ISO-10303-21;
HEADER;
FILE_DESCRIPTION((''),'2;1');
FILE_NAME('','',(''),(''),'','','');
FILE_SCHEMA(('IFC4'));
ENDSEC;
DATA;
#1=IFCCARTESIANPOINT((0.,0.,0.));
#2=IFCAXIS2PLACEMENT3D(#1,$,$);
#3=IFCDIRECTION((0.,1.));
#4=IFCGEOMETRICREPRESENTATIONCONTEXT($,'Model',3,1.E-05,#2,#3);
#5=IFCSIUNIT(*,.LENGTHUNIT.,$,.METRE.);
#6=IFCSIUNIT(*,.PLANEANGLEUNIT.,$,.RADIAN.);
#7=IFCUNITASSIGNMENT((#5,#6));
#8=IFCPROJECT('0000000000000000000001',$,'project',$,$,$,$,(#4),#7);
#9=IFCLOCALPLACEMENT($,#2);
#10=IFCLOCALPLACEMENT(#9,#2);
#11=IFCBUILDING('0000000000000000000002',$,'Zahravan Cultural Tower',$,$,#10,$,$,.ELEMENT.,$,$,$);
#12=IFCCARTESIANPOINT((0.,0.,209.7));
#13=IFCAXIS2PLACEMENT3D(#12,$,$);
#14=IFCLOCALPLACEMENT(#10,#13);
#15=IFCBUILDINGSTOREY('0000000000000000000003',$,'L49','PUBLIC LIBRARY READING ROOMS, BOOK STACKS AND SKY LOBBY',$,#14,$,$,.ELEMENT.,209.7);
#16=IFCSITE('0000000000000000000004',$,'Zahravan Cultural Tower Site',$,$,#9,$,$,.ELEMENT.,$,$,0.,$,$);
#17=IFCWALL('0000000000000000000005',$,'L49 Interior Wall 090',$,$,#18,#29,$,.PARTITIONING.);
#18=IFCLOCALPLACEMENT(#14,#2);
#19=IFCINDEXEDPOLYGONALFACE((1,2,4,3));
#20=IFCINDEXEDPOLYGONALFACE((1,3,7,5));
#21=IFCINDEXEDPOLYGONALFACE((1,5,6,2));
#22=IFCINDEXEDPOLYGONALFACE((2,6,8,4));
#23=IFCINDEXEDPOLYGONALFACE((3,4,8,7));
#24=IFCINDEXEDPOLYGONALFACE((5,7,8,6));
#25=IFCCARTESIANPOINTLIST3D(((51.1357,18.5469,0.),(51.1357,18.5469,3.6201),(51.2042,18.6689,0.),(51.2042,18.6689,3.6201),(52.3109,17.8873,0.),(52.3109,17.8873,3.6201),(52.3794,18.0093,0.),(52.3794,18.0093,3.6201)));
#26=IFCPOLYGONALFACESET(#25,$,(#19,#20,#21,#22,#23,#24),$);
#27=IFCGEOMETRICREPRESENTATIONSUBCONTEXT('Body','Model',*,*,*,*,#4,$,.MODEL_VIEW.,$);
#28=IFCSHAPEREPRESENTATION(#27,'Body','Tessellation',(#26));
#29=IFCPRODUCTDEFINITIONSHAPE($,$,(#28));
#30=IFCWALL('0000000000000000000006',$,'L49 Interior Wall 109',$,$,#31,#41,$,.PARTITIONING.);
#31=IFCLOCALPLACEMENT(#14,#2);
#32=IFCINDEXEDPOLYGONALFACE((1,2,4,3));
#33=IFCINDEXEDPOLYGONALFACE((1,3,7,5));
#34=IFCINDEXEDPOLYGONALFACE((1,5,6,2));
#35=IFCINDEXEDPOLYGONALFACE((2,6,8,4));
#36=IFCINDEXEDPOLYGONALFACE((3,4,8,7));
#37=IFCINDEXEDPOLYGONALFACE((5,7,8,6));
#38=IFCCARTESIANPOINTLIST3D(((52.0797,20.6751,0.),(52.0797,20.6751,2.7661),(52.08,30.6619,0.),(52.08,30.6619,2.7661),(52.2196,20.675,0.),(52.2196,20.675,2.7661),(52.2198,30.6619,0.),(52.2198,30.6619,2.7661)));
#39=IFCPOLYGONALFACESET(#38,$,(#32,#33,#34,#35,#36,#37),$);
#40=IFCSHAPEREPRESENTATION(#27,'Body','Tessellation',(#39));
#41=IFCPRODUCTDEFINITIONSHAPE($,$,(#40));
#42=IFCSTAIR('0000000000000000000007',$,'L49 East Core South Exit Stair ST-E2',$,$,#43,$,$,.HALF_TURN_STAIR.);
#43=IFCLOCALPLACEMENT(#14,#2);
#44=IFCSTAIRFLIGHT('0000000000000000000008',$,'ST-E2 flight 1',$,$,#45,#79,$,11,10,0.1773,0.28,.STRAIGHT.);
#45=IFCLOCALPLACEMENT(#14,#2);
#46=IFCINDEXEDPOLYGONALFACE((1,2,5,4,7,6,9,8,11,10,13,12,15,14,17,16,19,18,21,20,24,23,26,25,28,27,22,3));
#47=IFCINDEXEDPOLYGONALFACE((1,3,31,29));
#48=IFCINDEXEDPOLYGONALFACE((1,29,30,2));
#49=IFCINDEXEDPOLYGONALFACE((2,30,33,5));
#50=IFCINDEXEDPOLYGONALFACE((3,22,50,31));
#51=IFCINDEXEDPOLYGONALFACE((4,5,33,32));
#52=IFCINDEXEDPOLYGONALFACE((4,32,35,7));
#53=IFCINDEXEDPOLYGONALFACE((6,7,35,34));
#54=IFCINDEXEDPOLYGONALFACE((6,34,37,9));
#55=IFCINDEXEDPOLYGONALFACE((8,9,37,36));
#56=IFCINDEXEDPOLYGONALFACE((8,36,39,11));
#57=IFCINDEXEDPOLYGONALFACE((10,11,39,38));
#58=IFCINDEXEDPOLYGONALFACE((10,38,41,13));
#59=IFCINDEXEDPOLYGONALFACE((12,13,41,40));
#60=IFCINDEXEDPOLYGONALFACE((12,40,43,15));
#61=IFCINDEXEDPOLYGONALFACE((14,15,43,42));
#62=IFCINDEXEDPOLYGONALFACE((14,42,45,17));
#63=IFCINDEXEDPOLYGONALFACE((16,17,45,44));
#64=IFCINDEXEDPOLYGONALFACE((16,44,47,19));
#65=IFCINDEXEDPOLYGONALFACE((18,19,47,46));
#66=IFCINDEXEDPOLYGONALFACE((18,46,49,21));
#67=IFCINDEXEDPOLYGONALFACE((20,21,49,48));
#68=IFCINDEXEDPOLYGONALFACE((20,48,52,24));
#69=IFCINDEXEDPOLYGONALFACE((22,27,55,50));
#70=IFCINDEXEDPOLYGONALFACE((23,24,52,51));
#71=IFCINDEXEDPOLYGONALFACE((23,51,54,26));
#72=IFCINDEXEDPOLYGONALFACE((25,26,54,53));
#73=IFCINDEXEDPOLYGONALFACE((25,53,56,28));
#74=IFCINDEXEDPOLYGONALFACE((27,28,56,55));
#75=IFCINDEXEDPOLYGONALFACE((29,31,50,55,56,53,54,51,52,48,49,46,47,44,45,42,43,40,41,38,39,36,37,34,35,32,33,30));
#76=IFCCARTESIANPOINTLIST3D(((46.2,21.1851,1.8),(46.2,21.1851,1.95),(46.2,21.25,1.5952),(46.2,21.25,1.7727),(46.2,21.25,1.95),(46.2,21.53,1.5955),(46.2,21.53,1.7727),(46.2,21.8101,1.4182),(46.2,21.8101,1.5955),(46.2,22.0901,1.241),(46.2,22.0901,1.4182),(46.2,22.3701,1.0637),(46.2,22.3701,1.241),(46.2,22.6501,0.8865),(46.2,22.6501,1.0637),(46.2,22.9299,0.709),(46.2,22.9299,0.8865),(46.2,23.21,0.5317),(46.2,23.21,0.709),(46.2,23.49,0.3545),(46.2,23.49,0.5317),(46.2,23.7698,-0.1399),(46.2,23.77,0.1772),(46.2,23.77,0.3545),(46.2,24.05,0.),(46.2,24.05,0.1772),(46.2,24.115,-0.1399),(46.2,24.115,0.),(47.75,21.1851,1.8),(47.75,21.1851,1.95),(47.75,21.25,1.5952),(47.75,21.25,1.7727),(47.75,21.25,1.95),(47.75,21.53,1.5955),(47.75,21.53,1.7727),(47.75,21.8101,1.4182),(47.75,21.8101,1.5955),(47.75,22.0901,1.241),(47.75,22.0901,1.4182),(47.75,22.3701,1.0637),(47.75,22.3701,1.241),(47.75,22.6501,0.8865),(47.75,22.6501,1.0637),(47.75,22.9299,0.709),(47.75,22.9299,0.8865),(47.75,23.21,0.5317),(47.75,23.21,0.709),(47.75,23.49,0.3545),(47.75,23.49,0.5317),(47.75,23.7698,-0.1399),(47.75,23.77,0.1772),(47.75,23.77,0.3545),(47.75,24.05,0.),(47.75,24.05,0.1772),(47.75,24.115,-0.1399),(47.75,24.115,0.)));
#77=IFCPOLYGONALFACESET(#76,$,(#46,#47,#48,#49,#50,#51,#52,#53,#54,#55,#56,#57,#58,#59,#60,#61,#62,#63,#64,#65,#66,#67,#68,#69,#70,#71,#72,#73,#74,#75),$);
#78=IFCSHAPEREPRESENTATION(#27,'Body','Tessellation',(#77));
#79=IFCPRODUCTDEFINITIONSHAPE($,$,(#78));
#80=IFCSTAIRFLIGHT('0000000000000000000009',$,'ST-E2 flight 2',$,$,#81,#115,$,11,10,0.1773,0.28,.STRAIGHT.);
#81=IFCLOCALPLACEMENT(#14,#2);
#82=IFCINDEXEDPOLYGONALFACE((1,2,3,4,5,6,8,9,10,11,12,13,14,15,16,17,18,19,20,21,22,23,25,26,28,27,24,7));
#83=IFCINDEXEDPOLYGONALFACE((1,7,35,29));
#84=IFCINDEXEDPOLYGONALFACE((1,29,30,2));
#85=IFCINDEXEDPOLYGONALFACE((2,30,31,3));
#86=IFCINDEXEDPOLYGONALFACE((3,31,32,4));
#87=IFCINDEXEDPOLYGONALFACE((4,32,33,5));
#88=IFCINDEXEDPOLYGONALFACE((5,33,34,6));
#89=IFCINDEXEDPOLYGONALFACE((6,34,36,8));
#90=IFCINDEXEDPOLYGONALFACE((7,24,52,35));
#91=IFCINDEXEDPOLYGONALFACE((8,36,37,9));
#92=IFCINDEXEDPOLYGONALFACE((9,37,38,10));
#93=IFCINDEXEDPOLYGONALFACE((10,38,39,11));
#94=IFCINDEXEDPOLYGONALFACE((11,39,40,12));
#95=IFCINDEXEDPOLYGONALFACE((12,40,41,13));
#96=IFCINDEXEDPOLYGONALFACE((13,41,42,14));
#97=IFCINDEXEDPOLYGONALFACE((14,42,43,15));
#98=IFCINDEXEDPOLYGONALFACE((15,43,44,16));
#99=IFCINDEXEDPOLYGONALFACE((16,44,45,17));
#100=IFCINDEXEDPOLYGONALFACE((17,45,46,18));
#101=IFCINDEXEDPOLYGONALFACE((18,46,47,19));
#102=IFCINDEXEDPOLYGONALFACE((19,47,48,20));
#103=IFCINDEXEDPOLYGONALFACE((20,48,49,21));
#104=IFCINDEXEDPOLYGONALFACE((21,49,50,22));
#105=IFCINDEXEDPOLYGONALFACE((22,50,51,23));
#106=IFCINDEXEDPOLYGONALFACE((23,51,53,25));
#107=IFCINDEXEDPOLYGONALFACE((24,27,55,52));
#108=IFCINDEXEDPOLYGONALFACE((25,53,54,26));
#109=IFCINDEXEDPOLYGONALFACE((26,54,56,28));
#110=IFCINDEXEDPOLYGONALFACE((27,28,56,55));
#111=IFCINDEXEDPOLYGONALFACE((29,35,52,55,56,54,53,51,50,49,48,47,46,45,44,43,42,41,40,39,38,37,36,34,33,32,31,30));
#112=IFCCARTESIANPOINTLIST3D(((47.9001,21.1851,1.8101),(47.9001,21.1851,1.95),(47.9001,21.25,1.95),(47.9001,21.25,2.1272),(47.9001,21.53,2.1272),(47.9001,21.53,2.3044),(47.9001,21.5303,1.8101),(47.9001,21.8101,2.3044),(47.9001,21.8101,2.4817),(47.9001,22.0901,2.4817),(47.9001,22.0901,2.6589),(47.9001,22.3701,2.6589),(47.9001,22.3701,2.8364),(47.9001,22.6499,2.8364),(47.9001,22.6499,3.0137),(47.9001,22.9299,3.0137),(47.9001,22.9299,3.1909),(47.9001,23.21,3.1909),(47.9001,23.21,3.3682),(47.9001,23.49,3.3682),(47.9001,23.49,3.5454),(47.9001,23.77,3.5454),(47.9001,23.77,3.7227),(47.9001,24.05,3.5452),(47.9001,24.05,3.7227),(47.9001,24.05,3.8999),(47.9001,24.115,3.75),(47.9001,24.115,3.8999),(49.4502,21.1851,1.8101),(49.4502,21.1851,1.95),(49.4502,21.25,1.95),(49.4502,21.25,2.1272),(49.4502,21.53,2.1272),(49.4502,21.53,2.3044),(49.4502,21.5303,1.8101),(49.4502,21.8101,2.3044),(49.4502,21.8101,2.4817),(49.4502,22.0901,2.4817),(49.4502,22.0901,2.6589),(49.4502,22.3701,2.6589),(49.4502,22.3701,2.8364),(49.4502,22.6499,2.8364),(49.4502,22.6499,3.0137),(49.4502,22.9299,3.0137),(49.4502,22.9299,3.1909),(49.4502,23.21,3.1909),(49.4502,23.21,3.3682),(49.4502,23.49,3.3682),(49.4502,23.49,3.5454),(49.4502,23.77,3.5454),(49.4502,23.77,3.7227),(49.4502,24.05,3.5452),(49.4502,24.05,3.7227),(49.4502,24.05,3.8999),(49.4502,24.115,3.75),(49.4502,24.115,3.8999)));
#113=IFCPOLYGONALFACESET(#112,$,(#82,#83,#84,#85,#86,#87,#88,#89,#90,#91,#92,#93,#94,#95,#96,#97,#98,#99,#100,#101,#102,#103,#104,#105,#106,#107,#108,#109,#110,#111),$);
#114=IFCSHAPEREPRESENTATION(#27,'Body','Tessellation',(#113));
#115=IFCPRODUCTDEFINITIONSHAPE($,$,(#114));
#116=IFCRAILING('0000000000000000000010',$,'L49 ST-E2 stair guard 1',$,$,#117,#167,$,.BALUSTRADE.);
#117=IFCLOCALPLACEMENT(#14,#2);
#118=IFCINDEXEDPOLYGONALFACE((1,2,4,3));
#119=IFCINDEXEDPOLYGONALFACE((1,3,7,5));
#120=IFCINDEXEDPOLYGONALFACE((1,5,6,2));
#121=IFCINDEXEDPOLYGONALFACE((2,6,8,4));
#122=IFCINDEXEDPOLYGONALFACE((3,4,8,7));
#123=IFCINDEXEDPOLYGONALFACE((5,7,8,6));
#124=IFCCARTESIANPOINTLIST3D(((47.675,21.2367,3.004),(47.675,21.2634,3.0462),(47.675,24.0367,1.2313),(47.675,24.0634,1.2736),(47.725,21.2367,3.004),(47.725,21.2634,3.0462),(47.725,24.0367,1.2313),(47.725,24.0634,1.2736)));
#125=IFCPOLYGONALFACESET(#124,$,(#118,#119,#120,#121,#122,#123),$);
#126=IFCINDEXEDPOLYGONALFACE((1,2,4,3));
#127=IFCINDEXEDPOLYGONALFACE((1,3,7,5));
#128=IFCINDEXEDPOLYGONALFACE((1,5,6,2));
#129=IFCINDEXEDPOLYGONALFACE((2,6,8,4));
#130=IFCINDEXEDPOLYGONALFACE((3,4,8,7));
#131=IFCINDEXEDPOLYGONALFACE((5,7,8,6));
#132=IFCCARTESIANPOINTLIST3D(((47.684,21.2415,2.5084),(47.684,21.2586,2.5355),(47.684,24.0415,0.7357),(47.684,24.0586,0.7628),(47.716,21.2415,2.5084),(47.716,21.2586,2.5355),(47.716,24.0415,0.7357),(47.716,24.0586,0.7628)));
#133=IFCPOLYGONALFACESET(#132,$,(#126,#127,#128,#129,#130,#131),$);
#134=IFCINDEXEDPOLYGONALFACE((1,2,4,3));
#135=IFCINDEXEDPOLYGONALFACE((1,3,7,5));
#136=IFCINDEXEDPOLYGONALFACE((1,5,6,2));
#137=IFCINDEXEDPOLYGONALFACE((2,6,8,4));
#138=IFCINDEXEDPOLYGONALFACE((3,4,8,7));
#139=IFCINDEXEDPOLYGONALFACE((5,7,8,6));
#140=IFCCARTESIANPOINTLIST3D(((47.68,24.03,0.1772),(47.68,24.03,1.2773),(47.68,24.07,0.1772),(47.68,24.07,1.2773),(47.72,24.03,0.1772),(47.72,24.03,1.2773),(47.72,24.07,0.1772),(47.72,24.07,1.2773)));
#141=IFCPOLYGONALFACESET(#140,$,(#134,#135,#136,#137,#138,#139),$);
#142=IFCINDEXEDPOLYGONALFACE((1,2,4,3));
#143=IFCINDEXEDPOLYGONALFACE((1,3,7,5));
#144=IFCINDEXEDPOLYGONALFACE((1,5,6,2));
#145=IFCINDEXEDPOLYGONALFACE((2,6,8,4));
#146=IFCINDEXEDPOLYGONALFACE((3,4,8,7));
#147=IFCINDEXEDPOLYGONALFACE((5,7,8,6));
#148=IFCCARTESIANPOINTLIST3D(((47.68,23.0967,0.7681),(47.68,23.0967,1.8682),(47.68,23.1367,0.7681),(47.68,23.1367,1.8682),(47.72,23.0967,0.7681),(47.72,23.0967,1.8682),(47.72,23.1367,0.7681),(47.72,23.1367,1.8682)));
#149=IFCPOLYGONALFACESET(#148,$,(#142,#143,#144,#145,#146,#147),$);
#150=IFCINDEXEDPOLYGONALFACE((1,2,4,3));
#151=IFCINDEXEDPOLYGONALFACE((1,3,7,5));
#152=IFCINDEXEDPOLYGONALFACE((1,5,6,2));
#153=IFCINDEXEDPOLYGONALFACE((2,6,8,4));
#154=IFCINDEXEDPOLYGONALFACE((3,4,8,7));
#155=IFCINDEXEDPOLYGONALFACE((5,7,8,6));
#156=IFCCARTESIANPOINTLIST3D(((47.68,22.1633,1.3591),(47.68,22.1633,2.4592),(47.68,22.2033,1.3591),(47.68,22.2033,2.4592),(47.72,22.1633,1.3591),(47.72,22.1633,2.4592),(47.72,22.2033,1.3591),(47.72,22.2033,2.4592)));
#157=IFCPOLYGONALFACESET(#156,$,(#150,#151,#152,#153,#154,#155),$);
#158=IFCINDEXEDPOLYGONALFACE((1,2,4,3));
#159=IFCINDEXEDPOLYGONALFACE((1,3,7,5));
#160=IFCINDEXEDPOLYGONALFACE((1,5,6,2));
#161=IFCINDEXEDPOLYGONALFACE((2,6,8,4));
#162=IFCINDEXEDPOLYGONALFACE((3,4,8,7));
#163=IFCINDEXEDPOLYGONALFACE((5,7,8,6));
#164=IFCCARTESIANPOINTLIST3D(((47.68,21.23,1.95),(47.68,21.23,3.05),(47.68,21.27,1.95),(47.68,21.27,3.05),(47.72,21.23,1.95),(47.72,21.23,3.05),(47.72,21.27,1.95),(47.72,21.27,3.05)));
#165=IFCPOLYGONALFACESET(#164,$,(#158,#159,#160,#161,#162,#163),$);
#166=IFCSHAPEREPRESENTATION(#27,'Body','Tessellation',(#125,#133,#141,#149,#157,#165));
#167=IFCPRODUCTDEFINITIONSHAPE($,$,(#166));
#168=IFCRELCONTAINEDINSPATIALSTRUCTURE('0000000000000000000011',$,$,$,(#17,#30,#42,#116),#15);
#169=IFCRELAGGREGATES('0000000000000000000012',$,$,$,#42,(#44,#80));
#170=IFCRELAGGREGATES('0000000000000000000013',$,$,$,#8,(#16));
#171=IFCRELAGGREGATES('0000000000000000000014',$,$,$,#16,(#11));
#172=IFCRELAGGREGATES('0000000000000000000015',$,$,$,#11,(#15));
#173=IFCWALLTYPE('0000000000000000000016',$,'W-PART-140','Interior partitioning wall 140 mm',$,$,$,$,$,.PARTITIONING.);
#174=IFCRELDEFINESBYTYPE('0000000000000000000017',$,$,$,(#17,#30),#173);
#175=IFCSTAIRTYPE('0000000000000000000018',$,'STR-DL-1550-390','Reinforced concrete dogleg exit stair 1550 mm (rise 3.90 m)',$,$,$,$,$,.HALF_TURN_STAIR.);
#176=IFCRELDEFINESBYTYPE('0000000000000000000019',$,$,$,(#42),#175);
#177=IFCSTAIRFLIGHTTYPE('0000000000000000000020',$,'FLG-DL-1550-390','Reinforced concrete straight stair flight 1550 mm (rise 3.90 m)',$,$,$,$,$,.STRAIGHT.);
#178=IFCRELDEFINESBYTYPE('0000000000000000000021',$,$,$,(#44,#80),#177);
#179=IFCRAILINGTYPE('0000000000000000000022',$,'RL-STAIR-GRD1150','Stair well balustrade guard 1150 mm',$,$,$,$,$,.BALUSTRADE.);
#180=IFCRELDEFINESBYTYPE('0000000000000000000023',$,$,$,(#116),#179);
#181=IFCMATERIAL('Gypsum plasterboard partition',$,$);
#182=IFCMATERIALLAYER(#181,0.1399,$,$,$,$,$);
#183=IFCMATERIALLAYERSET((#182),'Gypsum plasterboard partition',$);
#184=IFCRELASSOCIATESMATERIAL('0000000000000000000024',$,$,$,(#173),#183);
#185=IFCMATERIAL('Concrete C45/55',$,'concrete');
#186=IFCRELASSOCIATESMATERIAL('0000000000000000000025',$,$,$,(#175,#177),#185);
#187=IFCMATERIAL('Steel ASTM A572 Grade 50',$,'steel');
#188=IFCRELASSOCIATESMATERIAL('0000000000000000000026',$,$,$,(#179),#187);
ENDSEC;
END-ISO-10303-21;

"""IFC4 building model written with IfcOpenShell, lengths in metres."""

from ifc_helpers import new_model, si_unit, direction, frame, frame_2d, origin, origin_2d, place, context, subcontext, project, spatial, polyline, rectangle, outline, extrude, source, transform, mapped, material, layer, layer_set, type_object, element, aggregate, save


model = new_model("IFC4")

# Units and contexts
model_context = context("Model", 3, precision=1e-05, world=origin(), true_north=direction((0.0, 1.0)))
body_context = subcontext(model_context, "Body", "Model", "MODEL_VIEW")
ifc_project = project(units=[si_unit("LENGTHUNIT", "METRE"), si_unit("PLANEANGLEUNIT", "RADIAN")], contexts=[model_context])

# Site, building, storey
site_placement = place(None, origin())
site = spatial("IfcSite", under=ifc_project, at=site_placement, Name="Zahravan Cultural Tower Site", CompositionType="ELEMENT", RefElevation=0.0)
building_placement = place(site_placement, origin())
building = spatial("IfcBuilding", under=site, at=building_placement, Name="Zahravan Cultural Tower", CompositionType="ELEMENT")
storey_placement = place(building_placement, frame((0.0, 0.0, 209.7)))
storey = spatial("IfcBuildingStorey", under=building, at=storey_placement, Name="L49", Description="PUBLIC LIBRARY READING ROOMS, BOOK STACKS AND SKY LOBBY", CompositionType="ELEMENT", Elevation=209.7)

# Walls
ifc_material_1 = material(Name="Concrete C45/55", Category="concrete")
ifc_material_2 = material(Name="Gypsum plasterboard partition")
ifc_layer_1 = layer(ifc_material_2, 0.1399)
ifc_layer_set_1 = layer_set([ifc_layer_1], Name="Gypsum plasterboard partition")
wall_type_1 = type_object("IfcWallType", Name="W-PART-140", Description="Interior partitioning wall 140 mm", PredefinedType="PARTITIONING", material=ifc_layer_set_1)
shared_shape_1 = source(origin(), body_context, "Body", "SweptSolid", [
    extrude(rectangle(XDim=1.3477, YDim=0.1399, at=frame_2d((0.6738, 0.0))), origin(), (0.0, 0.0, 1.0), 3.6201),
])
wall_1_placement = place(storey_placement, frame((51.1699, 18.6079, 0.0), z_axis=(0.0, 0.0, 1.0), x_axis=(0.87203, -0.489453, 0.0)))
element("IfcWall", 1, at=wall_1_placement, inside=storey, type_object=wall_type_1, Name="L49 Interior Wall 090", PredefinedType="PARTITIONING", context=body_context, shape_type="MappedRepresentation", body=[
    mapped(shared_shape_1, transform((0.0, 0.0, 0.0), x_axis=(1.0, 0.0, 0.0), y_axis=(0.0, 1.0, 0.0), z_axis=(0.0, 0.0, 1.0), scale=1.0)),
])
shared_shape_2 = source(origin(), body_context, "Body", "SweptSolid", [
    extrude(rectangle(XDim=9.9868, YDim=0.1399, at=frame_2d((4.9934, 0.0))), origin(), (0.0, 0.0, 1.0), 2.7661),
])
wall_2_placement = place(storey_placement, frame((52.1497, 20.675, 0.0), z_axis=(0.0, 0.0, 1.0), x_axis=(0.000024, 1.0, 0.0)))
element("IfcWall", 2, at=wall_2_placement, inside=storey, type_object=wall_type_1, Name="L49 Interior Wall 109", PredefinedType="PARTITIONING", context=body_context, shape_type="MappedRepresentation", body=[
    mapped(shared_shape_2, transform((0.0, 0.0, 0.0), x_axis=(1.0, 0.0, 0.0), y_axis=(0.0, 1.0, 0.0), z_axis=(0.0, 0.0, 1.0), scale=1.0)),
])

# Stair, stair flights
stair_type = type_object("IfcStairType", Name="STR-DL-1550-390", Description="Reinforced concrete dogleg exit stair 1550 mm (rise 3.90 m)", PredefinedType="HALF_TURN_STAIR", material=ifc_material_1)
stair_placement = place(storey_placement, origin())
stair = element("IfcStair", 3, at=stair_placement, inside=storey, type_object=stair_type, Name="L49 East Core South Exit Stair ST-E2", PredefinedType="HALF_TURN_STAIR")
stair_flight_type = type_object("IfcStairFlightType", Name="FLG-DL-1550-390", Description="Reinforced concrete straight stair flight 1550 mm (rise 3.90 m)", PredefinedType="STRAIGHT", material=ifc_material_1)
stair_flight_1_placement = place(storey_placement, frame((46.9751, 24.05, 0.0), z_axis=(0.0, 0.0, 1.0), x_axis=(0.0, -1.0, 0.0)))
stair_flight_1 = element("IfcStairFlight", 4, at=stair_flight_1_placement, type_object=stair_flight_type, Name="ST-E2 flight 1", NumberOfRisers=11, NumberOfTreads=10, PredefinedType="STRAIGHT", RiserHeight=0.1773, TreadLength=0.28, context=body_context, shape_type="SweptSolid", body=[
    extrude(outline(polyline([(-0.0649, -0.1399), (-0.0649, 0.0), (0.0, 0.0), (0.0, 0.1772), (0.28, 0.1772), (0.28, 0.3545), (0.5601, 0.3545), (0.5601, 0.5317), (0.8401, 0.5317), (0.8401, 0.709), (1.1201, 0.709), (1.1201, 0.8865), (1.3999, 0.8865), (1.3999, 1.0637), (1.6799, 1.0637), (1.6799, 1.241), (1.96, 1.241), (1.96, 1.4182), (2.24, 1.4182), (2.24, 1.5955), (2.52, 1.5955), (2.52, 1.7727), (2.8, 1.7727), (2.8, 1.95), (2.865, 1.95), (2.865, 1.8), (2.8, 1.5952), (0.2803, -0.1399), (-0.0649, -0.1399)])), frame((0.0, 0.7749, 0.0), z_axis=(0.0, -1.0, 0.0), x_axis=(1.0, 0.0, 0.0)), (0.0, 0.0, 1.0), 1.55),
])
stair_flight_2_placement = place(storey_placement, frame((48.675, 21.25, 1.95), z_axis=(0.0, 0.0, 1.0), x_axis=(0.0, 1.0, 0.0)))
stair_flight_2 = element("IfcStairFlight", 5, at=stair_flight_2_placement, type_object=stair_flight_type, Name="ST-E2 flight 2", NumberOfRisers=11, NumberOfTreads=10, PredefinedType="STRAIGHT", RiserHeight=0.1773, TreadLength=0.28, context=body_context, shape_type="SweptSolid", body=[
    extrude(outline(polyline([(-0.0649, -0.1399), (-0.0649, 0.0), (0.0, 0.0), (0.0, 0.1772), (0.28, 0.1772), (0.28, 0.3545), (0.5601, 0.3545), (0.5601, 0.5317), (0.8401, 0.5317), (0.8401, 0.709), (1.1201, 0.709), (1.1201, 0.8865), (1.3999, 0.8865), (1.3999, 1.0637), (1.6799, 1.0637), (1.6799, 1.241), (1.96, 1.241), (1.96, 1.4182), (2.24, 1.4182), (2.24, 1.5955), (2.52, 1.5955), (2.52, 1.7727), (2.8, 1.7727), (2.8, 1.95), (2.865, 1.95), (2.865, 1.8), (2.8, 1.5952), (0.2803, -0.1399), (-0.0649, -0.1399)])), frame((0.0, 0.7749, 0.0), z_axis=(0.0, -1.0, 0.0), x_axis=(1.0, 0.0, 0.0)), (0.0, 0.0, 1.0), 1.55),
])
aggregate(stair, [stair_flight_1, stair_flight_2])

# Railing
ifc_material_3 = material(Name="Steel ASTM A572 Grade 50", Category="steel")
railing_type_1 = type_object("IfcRailingType", Name="RL-STAIR-GRD1150", Description="Stair well balustrade guard 1150 mm", PredefinedType="BALUSTRADE", material=ifc_material_3)
railing_1_placement = place(storey_placement, frame((47.7, 24.05, 0.1772)))
element("IfcRailing", 6, at=railing_1_placement, inside=storey, type_object=railing_type_1, Name="L49 ST-E2 stair guard 1", PredefinedType="BALUSTRADE", context=body_context, shape_type="SweptSolid", body=[
    extrude(rectangle(XDim=0.05, YDim=0.05, at=origin_2d()), frame((0.0, 0.0, 1.0752), z_axis=(0.0, -0.844909, 0.53491), x_axis=(1.0, 0.0, 0.0)), (0.0, 0.0, 1.0), 3.314),
    extrude(rectangle(XDim=0.032, YDim=0.032, at=origin_2d()), frame((0.0, 0.0, 0.572), z_axis=(0.0, -0.844909, 0.53491), x_axis=(1.0, 0.0, 0.0)), (0.0, 0.0, 1.0), 3.314),
    extrude(rectangle(XDim=0.04, YDim=0.04, at=origin_2d()), origin(), (0.0, 0.0, 1.0), 1.1001),
    extrude(rectangle(XDim=0.04, YDim=0.04, at=origin_2d()), frame((0.0, -0.9333, 0.5908)), (0.0, 0.0, 1.0), 1.1001),
    extrude(rectangle(XDim=0.04, YDim=0.04, at=origin_2d()), frame((0.0, -1.8667, 1.1819)), (0.0, 0.0, 1.0), 1.1001),
    extrude(rectangle(XDim=0.04, YDim=0.04, at=origin_2d()), frame((0.0, -2.8, 1.7727)), (0.0, 0.0, 1.0), 1.1001),
])

save(model, "model.ifc")
